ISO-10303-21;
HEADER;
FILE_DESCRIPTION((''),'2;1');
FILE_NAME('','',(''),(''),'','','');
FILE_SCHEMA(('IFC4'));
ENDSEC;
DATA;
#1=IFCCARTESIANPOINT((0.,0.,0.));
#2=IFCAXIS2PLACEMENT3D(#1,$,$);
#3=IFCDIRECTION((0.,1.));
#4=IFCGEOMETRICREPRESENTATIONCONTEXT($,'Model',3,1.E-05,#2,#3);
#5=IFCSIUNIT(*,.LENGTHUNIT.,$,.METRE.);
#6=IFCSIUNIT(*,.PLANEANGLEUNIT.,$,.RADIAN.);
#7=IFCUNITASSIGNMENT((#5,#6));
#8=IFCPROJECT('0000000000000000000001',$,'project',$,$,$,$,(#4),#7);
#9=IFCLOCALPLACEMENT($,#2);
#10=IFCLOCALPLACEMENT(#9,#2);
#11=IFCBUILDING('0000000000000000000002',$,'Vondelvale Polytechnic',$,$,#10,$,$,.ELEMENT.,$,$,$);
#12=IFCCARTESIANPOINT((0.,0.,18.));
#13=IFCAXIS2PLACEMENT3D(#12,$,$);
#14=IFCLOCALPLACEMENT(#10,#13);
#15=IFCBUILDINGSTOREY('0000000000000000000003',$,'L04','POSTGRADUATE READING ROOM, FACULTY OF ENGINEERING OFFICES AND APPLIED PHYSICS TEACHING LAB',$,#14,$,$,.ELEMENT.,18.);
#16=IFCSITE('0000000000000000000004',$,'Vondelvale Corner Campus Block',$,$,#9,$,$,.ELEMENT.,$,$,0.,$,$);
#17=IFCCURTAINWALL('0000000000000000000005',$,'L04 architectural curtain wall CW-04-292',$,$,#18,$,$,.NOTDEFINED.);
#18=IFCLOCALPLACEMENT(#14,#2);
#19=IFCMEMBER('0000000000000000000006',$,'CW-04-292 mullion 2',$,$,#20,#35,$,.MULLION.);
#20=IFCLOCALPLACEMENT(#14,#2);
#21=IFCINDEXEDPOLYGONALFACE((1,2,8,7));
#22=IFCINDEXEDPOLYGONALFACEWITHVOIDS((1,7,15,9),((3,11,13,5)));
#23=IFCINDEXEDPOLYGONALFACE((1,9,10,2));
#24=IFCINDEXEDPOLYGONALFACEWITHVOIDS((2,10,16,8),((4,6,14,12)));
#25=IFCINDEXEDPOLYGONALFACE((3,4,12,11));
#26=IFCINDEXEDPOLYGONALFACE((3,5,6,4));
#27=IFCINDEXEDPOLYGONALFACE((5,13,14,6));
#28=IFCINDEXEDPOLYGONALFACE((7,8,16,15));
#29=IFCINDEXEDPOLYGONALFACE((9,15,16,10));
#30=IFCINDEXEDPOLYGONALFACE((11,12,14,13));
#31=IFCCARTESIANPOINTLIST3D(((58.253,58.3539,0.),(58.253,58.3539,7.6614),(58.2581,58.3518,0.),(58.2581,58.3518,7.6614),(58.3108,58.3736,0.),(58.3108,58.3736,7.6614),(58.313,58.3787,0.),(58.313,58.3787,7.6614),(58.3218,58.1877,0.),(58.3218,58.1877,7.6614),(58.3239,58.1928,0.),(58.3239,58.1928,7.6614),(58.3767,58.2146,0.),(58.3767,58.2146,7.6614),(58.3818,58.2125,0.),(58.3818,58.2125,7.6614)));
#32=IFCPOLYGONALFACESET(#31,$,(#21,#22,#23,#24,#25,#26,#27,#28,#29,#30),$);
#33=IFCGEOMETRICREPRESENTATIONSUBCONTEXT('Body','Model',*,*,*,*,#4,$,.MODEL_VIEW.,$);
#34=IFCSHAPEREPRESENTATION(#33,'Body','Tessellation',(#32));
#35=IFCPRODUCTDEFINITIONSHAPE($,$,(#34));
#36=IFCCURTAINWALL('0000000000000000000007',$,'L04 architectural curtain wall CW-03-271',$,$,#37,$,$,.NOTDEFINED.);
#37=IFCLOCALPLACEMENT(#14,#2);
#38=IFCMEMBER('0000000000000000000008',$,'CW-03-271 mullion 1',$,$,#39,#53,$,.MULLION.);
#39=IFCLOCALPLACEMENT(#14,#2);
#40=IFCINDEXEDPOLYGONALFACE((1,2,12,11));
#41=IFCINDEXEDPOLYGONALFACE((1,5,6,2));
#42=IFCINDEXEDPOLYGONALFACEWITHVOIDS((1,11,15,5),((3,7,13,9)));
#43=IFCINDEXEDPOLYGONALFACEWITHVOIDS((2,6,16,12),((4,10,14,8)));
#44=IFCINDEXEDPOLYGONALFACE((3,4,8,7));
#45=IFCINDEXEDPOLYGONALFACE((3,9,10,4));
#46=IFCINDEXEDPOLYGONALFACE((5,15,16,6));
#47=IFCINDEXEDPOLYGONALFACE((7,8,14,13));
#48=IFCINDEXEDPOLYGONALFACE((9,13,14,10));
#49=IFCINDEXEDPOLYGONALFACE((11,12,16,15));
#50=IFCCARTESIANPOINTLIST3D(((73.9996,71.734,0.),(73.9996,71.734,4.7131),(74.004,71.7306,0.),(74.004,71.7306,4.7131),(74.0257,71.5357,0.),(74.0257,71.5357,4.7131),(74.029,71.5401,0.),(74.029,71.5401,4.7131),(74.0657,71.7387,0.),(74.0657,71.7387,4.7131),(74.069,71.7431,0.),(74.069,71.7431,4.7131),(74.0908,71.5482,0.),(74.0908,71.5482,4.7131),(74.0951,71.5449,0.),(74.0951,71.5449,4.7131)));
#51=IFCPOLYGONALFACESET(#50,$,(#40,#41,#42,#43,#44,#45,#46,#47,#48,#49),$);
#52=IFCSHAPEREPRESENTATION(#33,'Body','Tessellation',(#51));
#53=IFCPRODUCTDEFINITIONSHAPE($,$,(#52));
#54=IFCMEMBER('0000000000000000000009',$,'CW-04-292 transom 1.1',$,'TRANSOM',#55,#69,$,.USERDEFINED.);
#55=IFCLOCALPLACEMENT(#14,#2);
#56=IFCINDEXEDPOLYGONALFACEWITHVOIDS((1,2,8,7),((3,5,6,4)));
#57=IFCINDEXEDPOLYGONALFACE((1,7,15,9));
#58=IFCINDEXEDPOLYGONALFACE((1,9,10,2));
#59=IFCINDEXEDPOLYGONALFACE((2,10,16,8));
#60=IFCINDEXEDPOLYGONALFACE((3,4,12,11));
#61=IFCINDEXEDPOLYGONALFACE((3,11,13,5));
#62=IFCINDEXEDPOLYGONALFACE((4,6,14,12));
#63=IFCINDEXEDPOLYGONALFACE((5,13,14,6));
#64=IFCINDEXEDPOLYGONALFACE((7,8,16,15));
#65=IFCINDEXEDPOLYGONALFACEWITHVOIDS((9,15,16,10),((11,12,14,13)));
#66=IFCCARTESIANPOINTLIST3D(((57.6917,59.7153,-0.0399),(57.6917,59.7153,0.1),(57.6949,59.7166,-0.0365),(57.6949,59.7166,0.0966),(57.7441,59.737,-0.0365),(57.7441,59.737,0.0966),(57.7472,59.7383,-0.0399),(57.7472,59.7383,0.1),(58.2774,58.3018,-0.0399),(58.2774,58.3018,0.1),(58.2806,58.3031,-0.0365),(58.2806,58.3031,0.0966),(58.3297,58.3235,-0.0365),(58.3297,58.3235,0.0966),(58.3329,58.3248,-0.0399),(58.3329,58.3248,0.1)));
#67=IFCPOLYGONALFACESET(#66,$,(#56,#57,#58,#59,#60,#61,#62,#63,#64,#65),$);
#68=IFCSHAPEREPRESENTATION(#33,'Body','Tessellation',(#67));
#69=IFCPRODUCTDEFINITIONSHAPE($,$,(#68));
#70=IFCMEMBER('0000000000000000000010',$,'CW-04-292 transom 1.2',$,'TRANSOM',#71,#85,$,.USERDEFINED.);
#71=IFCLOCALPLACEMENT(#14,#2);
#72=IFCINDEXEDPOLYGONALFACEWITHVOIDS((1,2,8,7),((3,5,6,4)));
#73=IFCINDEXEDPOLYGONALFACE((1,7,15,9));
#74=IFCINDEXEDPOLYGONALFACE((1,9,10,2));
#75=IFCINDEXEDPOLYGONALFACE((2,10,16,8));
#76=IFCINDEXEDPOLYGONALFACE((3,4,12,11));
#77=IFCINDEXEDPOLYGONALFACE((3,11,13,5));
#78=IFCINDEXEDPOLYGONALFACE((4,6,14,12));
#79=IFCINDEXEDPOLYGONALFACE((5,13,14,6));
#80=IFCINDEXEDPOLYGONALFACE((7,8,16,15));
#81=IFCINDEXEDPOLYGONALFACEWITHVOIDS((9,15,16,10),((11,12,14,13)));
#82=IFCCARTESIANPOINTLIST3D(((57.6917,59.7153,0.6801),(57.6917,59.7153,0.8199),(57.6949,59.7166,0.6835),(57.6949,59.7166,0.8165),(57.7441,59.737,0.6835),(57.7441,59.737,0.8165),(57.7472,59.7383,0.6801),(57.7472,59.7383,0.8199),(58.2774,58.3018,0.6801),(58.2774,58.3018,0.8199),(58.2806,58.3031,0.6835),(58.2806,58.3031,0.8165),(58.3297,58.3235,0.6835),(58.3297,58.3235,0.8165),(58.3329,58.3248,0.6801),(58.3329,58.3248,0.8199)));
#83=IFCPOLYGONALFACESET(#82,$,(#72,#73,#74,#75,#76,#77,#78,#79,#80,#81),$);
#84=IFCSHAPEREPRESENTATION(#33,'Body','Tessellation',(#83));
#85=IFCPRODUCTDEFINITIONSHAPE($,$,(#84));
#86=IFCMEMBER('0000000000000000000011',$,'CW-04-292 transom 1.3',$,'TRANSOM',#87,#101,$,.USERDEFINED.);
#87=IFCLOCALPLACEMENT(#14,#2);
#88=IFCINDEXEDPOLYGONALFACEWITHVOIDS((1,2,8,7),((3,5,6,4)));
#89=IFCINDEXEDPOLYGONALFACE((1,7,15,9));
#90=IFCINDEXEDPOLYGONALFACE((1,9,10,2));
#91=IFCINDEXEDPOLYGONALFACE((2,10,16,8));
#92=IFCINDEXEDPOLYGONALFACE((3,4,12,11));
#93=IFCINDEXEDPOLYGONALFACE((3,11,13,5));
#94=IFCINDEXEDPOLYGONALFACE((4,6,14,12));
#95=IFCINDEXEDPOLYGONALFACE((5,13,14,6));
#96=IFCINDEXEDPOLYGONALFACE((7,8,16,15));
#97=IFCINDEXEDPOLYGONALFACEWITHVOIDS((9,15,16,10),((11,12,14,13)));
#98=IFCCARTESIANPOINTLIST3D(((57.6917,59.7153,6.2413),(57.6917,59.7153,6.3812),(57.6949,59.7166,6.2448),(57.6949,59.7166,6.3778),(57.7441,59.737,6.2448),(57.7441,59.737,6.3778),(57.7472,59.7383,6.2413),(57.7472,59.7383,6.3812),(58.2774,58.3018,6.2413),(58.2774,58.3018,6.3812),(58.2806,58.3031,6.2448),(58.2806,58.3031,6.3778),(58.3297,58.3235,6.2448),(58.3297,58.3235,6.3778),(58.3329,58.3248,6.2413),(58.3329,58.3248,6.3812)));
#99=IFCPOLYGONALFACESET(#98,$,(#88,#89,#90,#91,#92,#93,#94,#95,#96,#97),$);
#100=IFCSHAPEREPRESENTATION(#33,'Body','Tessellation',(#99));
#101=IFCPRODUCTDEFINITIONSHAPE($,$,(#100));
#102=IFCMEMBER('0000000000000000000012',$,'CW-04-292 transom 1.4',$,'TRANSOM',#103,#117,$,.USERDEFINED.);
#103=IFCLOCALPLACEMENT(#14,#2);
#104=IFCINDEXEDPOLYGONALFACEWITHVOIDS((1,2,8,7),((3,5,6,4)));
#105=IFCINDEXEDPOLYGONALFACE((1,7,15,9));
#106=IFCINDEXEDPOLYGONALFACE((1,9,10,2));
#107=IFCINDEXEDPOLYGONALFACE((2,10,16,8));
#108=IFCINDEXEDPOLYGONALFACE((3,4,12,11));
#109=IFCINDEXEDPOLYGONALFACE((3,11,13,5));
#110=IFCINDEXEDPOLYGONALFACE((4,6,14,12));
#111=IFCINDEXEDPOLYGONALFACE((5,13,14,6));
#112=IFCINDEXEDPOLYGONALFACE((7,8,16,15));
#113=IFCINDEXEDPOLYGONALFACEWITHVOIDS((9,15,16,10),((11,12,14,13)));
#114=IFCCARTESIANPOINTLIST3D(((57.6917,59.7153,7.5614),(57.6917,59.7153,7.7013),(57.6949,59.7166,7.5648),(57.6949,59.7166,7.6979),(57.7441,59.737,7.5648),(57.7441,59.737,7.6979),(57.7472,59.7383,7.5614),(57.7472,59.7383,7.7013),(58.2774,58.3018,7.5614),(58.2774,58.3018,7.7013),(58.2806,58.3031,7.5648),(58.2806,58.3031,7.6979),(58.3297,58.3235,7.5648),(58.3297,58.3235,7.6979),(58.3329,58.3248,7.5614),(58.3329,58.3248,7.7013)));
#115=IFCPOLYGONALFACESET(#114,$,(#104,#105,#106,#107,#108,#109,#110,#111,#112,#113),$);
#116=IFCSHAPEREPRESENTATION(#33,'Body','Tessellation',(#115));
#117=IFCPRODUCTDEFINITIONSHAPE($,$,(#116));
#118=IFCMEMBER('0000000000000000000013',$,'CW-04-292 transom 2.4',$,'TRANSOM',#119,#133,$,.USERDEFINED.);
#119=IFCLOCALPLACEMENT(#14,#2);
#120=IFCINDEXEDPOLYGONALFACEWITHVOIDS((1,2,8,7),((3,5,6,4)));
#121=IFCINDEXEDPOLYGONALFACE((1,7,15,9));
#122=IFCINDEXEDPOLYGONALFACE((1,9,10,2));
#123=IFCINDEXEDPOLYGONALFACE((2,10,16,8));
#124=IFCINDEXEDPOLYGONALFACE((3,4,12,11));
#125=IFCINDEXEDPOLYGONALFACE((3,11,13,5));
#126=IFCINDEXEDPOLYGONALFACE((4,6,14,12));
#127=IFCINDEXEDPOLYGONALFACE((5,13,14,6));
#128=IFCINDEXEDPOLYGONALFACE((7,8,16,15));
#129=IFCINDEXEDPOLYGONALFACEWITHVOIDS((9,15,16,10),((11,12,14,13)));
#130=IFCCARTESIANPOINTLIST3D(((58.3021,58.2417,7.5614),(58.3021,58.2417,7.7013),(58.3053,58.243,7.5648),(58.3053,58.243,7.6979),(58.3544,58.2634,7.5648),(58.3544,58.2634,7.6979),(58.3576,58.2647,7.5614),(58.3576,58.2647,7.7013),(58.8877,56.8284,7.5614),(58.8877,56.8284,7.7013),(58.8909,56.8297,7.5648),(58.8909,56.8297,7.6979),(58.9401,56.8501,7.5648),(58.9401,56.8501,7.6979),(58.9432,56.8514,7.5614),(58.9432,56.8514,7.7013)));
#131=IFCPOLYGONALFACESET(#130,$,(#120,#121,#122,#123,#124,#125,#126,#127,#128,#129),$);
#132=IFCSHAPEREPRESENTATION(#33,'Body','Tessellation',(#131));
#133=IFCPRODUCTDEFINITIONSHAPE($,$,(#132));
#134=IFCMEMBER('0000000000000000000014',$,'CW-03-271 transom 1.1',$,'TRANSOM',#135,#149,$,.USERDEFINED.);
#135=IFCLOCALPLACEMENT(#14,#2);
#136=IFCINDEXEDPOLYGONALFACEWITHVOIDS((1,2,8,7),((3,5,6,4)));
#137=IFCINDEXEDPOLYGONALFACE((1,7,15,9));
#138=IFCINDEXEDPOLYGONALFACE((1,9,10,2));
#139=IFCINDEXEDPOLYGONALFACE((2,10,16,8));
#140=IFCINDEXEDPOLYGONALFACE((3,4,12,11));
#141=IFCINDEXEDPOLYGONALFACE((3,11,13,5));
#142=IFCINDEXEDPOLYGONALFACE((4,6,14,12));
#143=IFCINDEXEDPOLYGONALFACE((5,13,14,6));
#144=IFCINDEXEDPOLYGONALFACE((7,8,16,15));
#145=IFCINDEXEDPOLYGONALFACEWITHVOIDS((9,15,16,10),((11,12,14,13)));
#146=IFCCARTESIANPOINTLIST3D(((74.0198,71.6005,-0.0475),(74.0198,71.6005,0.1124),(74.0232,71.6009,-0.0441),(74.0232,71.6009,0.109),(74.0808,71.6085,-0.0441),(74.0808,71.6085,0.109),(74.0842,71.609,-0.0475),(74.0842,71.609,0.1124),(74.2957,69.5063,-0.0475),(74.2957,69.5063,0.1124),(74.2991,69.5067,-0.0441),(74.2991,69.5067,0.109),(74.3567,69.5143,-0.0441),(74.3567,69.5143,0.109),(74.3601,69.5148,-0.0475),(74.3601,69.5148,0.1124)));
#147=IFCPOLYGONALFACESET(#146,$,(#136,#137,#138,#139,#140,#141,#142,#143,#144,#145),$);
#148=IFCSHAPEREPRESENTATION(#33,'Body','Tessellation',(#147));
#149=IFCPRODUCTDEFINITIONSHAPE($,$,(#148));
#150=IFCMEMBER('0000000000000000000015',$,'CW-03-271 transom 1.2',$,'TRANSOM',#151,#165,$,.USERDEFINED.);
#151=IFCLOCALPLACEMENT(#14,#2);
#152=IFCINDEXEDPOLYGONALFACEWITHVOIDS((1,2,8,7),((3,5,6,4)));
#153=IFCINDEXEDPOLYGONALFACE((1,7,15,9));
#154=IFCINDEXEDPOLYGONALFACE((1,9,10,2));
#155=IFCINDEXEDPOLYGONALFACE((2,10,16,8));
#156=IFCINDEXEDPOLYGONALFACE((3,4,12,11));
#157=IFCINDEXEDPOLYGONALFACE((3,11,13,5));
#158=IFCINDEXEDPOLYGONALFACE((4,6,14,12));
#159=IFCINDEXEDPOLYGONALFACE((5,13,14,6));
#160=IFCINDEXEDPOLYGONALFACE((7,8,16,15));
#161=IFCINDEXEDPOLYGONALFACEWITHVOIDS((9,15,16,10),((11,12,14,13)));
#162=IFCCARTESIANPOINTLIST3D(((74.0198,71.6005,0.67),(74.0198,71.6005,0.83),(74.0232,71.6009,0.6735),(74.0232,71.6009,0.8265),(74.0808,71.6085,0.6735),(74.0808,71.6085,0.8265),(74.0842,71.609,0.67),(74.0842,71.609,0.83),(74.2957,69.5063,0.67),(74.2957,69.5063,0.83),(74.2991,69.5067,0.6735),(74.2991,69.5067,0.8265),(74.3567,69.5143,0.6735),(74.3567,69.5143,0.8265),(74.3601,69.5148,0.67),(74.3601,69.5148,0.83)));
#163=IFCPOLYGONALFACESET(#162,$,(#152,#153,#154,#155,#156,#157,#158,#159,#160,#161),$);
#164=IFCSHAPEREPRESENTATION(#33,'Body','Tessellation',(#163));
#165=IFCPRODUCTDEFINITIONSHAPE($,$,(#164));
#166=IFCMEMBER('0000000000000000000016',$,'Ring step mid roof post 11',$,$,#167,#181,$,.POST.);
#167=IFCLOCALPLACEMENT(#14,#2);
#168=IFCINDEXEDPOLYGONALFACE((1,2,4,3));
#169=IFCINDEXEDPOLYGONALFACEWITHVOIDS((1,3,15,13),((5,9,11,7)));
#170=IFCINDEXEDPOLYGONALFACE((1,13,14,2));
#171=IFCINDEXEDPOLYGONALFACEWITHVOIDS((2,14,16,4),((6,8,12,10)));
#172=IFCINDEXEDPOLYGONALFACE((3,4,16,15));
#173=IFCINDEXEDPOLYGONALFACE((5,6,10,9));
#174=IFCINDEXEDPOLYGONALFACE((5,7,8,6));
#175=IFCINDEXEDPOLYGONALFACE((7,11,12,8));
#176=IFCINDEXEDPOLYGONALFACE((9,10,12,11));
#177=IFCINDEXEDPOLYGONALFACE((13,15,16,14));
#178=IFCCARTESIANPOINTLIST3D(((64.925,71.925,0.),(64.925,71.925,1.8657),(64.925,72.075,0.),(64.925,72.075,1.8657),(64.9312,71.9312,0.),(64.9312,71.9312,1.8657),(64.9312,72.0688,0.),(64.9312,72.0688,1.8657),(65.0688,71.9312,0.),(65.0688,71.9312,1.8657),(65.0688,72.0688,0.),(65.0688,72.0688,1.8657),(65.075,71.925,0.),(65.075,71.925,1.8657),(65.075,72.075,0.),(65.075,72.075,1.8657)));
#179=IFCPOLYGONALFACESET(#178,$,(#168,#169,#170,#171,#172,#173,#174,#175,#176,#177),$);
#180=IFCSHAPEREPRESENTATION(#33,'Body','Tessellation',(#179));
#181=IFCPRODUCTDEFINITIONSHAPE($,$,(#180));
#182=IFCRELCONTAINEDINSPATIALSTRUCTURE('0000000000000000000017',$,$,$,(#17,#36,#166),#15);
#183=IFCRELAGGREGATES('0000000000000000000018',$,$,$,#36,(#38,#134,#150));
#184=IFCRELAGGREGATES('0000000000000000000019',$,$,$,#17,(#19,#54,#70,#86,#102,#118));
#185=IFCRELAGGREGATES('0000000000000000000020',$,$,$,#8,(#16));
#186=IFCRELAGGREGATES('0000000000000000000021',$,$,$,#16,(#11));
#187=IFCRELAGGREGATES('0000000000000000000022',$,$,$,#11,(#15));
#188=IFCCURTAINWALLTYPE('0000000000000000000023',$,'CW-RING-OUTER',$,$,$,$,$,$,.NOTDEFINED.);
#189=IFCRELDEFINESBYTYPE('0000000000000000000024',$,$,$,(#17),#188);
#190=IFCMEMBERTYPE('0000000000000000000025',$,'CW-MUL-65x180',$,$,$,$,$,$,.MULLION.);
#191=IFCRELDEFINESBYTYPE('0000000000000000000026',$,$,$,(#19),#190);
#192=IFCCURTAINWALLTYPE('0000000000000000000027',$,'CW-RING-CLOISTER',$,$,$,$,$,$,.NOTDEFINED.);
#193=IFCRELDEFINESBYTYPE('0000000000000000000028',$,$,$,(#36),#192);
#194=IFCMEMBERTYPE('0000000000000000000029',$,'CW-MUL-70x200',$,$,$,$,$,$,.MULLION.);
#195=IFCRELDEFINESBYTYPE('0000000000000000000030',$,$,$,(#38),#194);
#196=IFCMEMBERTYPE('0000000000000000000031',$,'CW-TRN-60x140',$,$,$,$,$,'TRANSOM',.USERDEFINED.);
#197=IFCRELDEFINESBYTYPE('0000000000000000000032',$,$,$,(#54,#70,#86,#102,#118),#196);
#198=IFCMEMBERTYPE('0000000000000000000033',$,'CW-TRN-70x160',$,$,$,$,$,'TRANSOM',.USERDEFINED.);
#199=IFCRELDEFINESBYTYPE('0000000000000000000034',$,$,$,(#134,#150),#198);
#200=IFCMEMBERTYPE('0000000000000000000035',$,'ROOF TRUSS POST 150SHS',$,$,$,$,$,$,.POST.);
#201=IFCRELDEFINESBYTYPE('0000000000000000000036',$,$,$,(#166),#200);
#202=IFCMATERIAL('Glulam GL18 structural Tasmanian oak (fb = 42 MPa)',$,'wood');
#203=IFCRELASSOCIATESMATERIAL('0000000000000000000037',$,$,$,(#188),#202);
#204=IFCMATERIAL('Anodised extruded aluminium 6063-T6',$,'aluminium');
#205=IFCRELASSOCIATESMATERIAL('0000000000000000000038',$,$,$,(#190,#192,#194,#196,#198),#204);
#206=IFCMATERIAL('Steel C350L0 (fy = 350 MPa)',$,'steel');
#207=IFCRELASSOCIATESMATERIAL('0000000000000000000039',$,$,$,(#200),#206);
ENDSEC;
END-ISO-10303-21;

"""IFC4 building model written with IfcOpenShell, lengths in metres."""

from ifc_helpers import new_model, si_unit, direction, frame, origin, origin_2d, place, context, subcontext, project, spatial, hollow_rectangle, extrude, material, material_profile, profile_set, type_object, element, aggregate, save


model = new_model("IFC4")

# Units and contexts
model_context = context("Model", 3, precision=1e-05, world=origin(), true_north=direction((0.0, 1.0)))
body_context = subcontext(model_context, "Body", "Model", "MODEL_VIEW")
ifc_project = project(units=[si_unit("LENGTHUNIT", "METRE"), si_unit("PLANEANGLEUNIT", "RADIAN")], contexts=[model_context])

# Site, building, storey
site_placement = place(None, origin())
site = spatial("IfcSite", under=ifc_project, at=site_placement, Name="Vondelvale Corner Campus Block", CompositionType="ELEMENT", RefElevation=0.0)
building_placement = place(site_placement, origin())
building = spatial("IfcBuilding", under=site, at=building_placement, Name="Vondelvale Polytechnic", CompositionType="ELEMENT")
storey_placement = place(building_placement, frame((0.0, 0.0, 18.0)))
storey = spatial("IfcBuildingStorey", under=building, at=storey_placement, Name="L04", Description="POSTGRADUATE READING ROOM, FACULTY OF ENGINEERING OFFICES AND APPLIED PHYSICS TEACHING LAB", CompositionType="ELEMENT", Elevation=18.0)

# Shared definitions
ifc_material_1 = material(Name="Glulam GL18 structural Tasmanian oak (fb = 42 MPa)", Category="wood")
curtain_wall_type_1 = type_object("IfcCurtainWallType", Name="CW-RING-OUTER", PredefinedType="NOTDEFINED", material=ifc_material_1)
ifc_material_2 = material(Name="Anodised extruded aluminium 6063-T6", Category="aluminium")
ifc_material_profile_1 = material_profile(ifc_material_2, hollow_rectangle(XDim=0.0649, YDim=0.1799, WallThickness=0.0039, at=origin_2d()), Name="CW-MUL-180x65")
ifc_profile_set_1 = profile_set([ifc_material_profile_1], Name="Anodised extruded aluminium 6063-T6")
member_type_1 = type_object("IfcMemberType", Name="CW-MUL-65x180", PredefinedType="MULLION", material=ifc_profile_set_1)

# Curtain wall, member
curtain_wall_1_placement = place(storey_placement, origin())
curtain_wall_1 = element("IfcCurtainWall", 1, at=curtain_wall_1_placement, inside=storey, type_object=curtain_wall_type_1, Name="L04 architectural curtain wall CW-04-292", PredefinedType="NOTDEFINED")
member_1_placement = place(storey_placement, frame((58.3174, 58.2832, 0.0), z_axis=(0.0, 0.0, 1.0), x_axis=(0.923882, 0.382677, 0.0)))
member_1 = element("IfcMember", 2, at=member_1_placement, type_object=member_type_1, Name="CW-04-292 mullion 2", PredefinedType="MULLION", context=body_context, shape_type="SweptSolid", body=[
    extrude(hollow_rectangle(XDim=0.0649, YDim=0.1799, WallThickness=0.0039, at=origin_2d()), origin(), (0.0, 0.0, 1.0), 7.6614),
])

# Curtain wall, member
curtain_wall_type_2 = type_object("IfcCurtainWallType", Name="CW-RING-CLOISTER", PredefinedType="NOTDEFINED", material=ifc_material_2)
curtain_wall_2_placement = place(storey_placement, origin())
curtain_wall_2 = element("IfcCurtainWall", 3, at=curtain_wall_2_placement, inside=storey, type_object=curtain_wall_type_2, Name="L04 architectural curtain wall CW-03-271", PredefinedType="NOTDEFINED")
ifc_material_profile_2 = material_profile(ifc_material_2, hollow_rectangle(XDim=0.0701, YDim=0.2, WallThickness=0.0039, at=origin_2d()), Name="CW-MUL-200x70")
ifc_profile_set_2 = profile_set([ifc_material_profile_2], Name="Anodised extruded aluminium 6063-T6")
member_type_2 = type_object("IfcMemberType", Name="CW-MUL-70x200", PredefinedType="MULLION", material=ifc_profile_set_2)
member_2_placement = place(storey_placement, frame((74.0474, 71.6394, 0.0), z_axis=(0.0, 0.0, 1.0), x_axis=(0.991445, 0.130528, 0.0)))
member_2 = element("IfcMember", 4, at=member_2_placement, type_object=member_type_2, Name="CW-03-271 mullion 1", PredefinedType="MULLION", context=body_context, shape_type="SweptSolid", body=[
    extrude(hollow_rectangle(XDim=0.0701, YDim=0.2, WallThickness=0.0039, at=origin_2d()), origin(), (0.0, 0.0, 1.0), 4.7131),
])

# Members
ifc_material_profile_3 = material_profile(ifc_material_2, hollow_rectangle(XDim=0.0601, YDim=0.1399, WallThickness=0.0034, at=origin_2d()), Name="CW-TRN-140x60")
ifc_profile_set_3 = profile_set([ifc_material_profile_3], Name="Anodised extruded aluminium 6063-T6")
member_type_3 = type_object("IfcMemberType", Name="CW-TRN-60x140", ElementType="TRANSOM", PredefinedType="USERDEFINED", material=ifc_profile_set_3)
member_3_placement = place(storey_placement, frame((57.7195, 59.7268, 0.03), z_axis=(0.382779, -0.92384, 0.0), x_axis=(0.92384, 0.382779, 0.0)))
member_3 = element("IfcMember", 5, at=member_3_placement, type_object=member_type_3, Name="CW-04-292 transom 1.1", ObjectType="TRANSOM", PredefinedType="USERDEFINED", context=body_context, shape_type="SweptSolid", body=[
    extrude(hollow_rectangle(XDim=0.0601, YDim=0.1399, WallThickness=0.0034, at=origin_2d()), origin(), (0.0, 0.0, 1.0), 1.53),
])
member_4_placement = place(storey_placement, frame((57.7195, 59.7268, 0.75), z_axis=(0.382779, -0.92384, 0.0), x_axis=(0.92384, 0.382779, 0.0)))
member_4 = element("IfcMember", 6, at=member_4_placement, type_object=member_type_3, Name="CW-04-292 transom 1.2", ObjectType="TRANSOM", PredefinedType="USERDEFINED", context=body_context, shape_type="SweptSolid", body=[
    extrude(hollow_rectangle(XDim=0.0601, YDim=0.1399, WallThickness=0.0034, at=origin_2d()), origin(), (0.0, 0.0, 1.0), 1.53),
])
member_5_placement = place(storey_placement, frame((57.7195, 59.7268, 6.3113), z_axis=(0.382779, -0.92384, 0.0), x_axis=(0.92384, 0.382779, 0.0)))
member_5 = element("IfcMember", 7, at=member_5_placement, type_object=member_type_3, Name="CW-04-292 transom 1.3", ObjectType="TRANSOM", PredefinedType="USERDEFINED", context=body_context, shape_type="SweptSolid", body=[
    extrude(hollow_rectangle(XDim=0.0601, YDim=0.1399, WallThickness=0.0034, at=origin_2d()), origin(), (0.0, 0.0, 1.0), 1.53),
])
member_6_placement = place(storey_placement, frame((57.7195, 59.7268, 7.6313), z_axis=(0.382779, -0.92384, 0.0), x_axis=(0.92384, 0.382779, 0.0)))
member_6 = element("IfcMember", 8, at=member_6_placement, type_object=member_type_3, Name="CW-04-292 transom 1.4", ObjectType="TRANSOM", PredefinedType="USERDEFINED", context=body_context, shape_type="SweptSolid", body=[
    extrude(hollow_rectangle(XDim=0.0601, YDim=0.1399, WallThickness=0.0034, at=origin_2d()), origin(), (0.0, 0.0, 1.0), 1.53),
])
member_7_placement = place(storey_placement, frame((58.3298, 58.2532, 7.6313), z_axis=(0.382836, -0.923816, 0.0), x_axis=(0.923816, 0.382836, 0.0)))
member_7 = element("IfcMember", 9, at=member_7_placement, type_object=member_type_3, Name="CW-04-292 transom 2.4", ObjectType="TRANSOM", PredefinedType="USERDEFINED", context=body_context, shape_type="SweptSolid", body=[
    extrude(hollow_rectangle(XDim=0.0601, YDim=0.1399, WallThickness=0.0034, at=origin_2d()), origin(), (0.0, 0.0, 1.0), 1.5298),
])
ifc_material_profile_4 = material_profile(ifc_material_2, hollow_rectangle(XDim=0.0649, YDim=0.1599, WallThickness=0.0034, at=origin_2d()), Name="CW-TRN-160x65")
ifc_profile_set_4 = profile_set([ifc_material_profile_4], Name="Anodised extruded aluminium 6063-T6")
member_type_4 = type_object("IfcMemberType", Name="CW-TRN-70x160", ElementType="TRANSOM", PredefinedType="USERDEFINED", material=ifc_profile_set_4)
member_8_placement = place(storey_placement, frame((74.052, 71.6047, 0.0325), z_axis=(0.130604, -0.991435, 0.0), x_axis=(0.991435, 0.130604, 0.0)))
member_8 = element("IfcMember", 10, at=member_8_placement, type_object=member_type_4, Name="CW-03-271 transom 1.1", ObjectType="TRANSOM", PredefinedType="USERDEFINED", context=body_context, shape_type="SweptSolid", body=[
    extrude(hollow_rectangle(XDim=0.0649, YDim=0.1599, WallThickness=0.0034, at=origin_2d()), origin(), (0.0, 0.0, 1.0), 2.1123),
])
member_9_placement = place(storey_placement, frame((74.052, 71.6047, 0.75), z_axis=(0.130604, -0.991435, 0.0), x_axis=(0.991435, 0.130604, 0.0)))
member_9 = element("IfcMember", 11, at=member_9_placement, type_object=member_type_4, Name="CW-03-271 transom 1.2", ObjectType="TRANSOM", PredefinedType="USERDEFINED", context=body_context, shape_type="SweptSolid", body=[
    extrude(hollow_rectangle(XDim=0.0649, YDim=0.1599, WallThickness=0.0034, at=origin_2d()), origin(), (0.0, 0.0, 1.0), 2.1123),
])
aggregate(curtain_wall_2, [member_2, member_8, member_9])
ifc_material_3 = material(Name="Steel C350L0 (fy = 350 MPa)", Category="steel")
ifc_material_profile_5 = material_profile(ifc_material_3, hollow_rectangle(XDim=0.1499, YDim=0.1499, WallThickness=0.0061, at=origin_2d()), Name="150x150x6.0SHS")
ifc_profile_set_5 = profile_set([ifc_material_profile_5], Name="Steel C350L0 (fy = 350 MPa)")
member_type_5 = type_object("IfcMemberType", Name="ROOF TRUSS POST 150SHS", PredefinedType="POST", material=ifc_profile_set_5)
member_10_placement = place(storey_placement, frame((65.0, 72.0, 0.0), z_axis=(0.0, 0.0, 1.0), x_axis=(1.0, 0.0, 0.0)))
element("IfcMember", 12, at=member_10_placement, inside=storey, type_object=member_type_5, Name="Ring step mid roof post 11", PredefinedType="POST", context=body_context, shape_type="SweptSolid", body=[
    extrude(hollow_rectangle(XDim=0.1499, YDim=0.1499, WallThickness=0.0061, at=origin_2d()), origin(), (0.0, 0.0, 1.0), 1.8657),
])

aggregate(curtain_wall_1, [member_1, member_3, member_4, member_5, member_6, member_7])

save(model, "model.ifc")
